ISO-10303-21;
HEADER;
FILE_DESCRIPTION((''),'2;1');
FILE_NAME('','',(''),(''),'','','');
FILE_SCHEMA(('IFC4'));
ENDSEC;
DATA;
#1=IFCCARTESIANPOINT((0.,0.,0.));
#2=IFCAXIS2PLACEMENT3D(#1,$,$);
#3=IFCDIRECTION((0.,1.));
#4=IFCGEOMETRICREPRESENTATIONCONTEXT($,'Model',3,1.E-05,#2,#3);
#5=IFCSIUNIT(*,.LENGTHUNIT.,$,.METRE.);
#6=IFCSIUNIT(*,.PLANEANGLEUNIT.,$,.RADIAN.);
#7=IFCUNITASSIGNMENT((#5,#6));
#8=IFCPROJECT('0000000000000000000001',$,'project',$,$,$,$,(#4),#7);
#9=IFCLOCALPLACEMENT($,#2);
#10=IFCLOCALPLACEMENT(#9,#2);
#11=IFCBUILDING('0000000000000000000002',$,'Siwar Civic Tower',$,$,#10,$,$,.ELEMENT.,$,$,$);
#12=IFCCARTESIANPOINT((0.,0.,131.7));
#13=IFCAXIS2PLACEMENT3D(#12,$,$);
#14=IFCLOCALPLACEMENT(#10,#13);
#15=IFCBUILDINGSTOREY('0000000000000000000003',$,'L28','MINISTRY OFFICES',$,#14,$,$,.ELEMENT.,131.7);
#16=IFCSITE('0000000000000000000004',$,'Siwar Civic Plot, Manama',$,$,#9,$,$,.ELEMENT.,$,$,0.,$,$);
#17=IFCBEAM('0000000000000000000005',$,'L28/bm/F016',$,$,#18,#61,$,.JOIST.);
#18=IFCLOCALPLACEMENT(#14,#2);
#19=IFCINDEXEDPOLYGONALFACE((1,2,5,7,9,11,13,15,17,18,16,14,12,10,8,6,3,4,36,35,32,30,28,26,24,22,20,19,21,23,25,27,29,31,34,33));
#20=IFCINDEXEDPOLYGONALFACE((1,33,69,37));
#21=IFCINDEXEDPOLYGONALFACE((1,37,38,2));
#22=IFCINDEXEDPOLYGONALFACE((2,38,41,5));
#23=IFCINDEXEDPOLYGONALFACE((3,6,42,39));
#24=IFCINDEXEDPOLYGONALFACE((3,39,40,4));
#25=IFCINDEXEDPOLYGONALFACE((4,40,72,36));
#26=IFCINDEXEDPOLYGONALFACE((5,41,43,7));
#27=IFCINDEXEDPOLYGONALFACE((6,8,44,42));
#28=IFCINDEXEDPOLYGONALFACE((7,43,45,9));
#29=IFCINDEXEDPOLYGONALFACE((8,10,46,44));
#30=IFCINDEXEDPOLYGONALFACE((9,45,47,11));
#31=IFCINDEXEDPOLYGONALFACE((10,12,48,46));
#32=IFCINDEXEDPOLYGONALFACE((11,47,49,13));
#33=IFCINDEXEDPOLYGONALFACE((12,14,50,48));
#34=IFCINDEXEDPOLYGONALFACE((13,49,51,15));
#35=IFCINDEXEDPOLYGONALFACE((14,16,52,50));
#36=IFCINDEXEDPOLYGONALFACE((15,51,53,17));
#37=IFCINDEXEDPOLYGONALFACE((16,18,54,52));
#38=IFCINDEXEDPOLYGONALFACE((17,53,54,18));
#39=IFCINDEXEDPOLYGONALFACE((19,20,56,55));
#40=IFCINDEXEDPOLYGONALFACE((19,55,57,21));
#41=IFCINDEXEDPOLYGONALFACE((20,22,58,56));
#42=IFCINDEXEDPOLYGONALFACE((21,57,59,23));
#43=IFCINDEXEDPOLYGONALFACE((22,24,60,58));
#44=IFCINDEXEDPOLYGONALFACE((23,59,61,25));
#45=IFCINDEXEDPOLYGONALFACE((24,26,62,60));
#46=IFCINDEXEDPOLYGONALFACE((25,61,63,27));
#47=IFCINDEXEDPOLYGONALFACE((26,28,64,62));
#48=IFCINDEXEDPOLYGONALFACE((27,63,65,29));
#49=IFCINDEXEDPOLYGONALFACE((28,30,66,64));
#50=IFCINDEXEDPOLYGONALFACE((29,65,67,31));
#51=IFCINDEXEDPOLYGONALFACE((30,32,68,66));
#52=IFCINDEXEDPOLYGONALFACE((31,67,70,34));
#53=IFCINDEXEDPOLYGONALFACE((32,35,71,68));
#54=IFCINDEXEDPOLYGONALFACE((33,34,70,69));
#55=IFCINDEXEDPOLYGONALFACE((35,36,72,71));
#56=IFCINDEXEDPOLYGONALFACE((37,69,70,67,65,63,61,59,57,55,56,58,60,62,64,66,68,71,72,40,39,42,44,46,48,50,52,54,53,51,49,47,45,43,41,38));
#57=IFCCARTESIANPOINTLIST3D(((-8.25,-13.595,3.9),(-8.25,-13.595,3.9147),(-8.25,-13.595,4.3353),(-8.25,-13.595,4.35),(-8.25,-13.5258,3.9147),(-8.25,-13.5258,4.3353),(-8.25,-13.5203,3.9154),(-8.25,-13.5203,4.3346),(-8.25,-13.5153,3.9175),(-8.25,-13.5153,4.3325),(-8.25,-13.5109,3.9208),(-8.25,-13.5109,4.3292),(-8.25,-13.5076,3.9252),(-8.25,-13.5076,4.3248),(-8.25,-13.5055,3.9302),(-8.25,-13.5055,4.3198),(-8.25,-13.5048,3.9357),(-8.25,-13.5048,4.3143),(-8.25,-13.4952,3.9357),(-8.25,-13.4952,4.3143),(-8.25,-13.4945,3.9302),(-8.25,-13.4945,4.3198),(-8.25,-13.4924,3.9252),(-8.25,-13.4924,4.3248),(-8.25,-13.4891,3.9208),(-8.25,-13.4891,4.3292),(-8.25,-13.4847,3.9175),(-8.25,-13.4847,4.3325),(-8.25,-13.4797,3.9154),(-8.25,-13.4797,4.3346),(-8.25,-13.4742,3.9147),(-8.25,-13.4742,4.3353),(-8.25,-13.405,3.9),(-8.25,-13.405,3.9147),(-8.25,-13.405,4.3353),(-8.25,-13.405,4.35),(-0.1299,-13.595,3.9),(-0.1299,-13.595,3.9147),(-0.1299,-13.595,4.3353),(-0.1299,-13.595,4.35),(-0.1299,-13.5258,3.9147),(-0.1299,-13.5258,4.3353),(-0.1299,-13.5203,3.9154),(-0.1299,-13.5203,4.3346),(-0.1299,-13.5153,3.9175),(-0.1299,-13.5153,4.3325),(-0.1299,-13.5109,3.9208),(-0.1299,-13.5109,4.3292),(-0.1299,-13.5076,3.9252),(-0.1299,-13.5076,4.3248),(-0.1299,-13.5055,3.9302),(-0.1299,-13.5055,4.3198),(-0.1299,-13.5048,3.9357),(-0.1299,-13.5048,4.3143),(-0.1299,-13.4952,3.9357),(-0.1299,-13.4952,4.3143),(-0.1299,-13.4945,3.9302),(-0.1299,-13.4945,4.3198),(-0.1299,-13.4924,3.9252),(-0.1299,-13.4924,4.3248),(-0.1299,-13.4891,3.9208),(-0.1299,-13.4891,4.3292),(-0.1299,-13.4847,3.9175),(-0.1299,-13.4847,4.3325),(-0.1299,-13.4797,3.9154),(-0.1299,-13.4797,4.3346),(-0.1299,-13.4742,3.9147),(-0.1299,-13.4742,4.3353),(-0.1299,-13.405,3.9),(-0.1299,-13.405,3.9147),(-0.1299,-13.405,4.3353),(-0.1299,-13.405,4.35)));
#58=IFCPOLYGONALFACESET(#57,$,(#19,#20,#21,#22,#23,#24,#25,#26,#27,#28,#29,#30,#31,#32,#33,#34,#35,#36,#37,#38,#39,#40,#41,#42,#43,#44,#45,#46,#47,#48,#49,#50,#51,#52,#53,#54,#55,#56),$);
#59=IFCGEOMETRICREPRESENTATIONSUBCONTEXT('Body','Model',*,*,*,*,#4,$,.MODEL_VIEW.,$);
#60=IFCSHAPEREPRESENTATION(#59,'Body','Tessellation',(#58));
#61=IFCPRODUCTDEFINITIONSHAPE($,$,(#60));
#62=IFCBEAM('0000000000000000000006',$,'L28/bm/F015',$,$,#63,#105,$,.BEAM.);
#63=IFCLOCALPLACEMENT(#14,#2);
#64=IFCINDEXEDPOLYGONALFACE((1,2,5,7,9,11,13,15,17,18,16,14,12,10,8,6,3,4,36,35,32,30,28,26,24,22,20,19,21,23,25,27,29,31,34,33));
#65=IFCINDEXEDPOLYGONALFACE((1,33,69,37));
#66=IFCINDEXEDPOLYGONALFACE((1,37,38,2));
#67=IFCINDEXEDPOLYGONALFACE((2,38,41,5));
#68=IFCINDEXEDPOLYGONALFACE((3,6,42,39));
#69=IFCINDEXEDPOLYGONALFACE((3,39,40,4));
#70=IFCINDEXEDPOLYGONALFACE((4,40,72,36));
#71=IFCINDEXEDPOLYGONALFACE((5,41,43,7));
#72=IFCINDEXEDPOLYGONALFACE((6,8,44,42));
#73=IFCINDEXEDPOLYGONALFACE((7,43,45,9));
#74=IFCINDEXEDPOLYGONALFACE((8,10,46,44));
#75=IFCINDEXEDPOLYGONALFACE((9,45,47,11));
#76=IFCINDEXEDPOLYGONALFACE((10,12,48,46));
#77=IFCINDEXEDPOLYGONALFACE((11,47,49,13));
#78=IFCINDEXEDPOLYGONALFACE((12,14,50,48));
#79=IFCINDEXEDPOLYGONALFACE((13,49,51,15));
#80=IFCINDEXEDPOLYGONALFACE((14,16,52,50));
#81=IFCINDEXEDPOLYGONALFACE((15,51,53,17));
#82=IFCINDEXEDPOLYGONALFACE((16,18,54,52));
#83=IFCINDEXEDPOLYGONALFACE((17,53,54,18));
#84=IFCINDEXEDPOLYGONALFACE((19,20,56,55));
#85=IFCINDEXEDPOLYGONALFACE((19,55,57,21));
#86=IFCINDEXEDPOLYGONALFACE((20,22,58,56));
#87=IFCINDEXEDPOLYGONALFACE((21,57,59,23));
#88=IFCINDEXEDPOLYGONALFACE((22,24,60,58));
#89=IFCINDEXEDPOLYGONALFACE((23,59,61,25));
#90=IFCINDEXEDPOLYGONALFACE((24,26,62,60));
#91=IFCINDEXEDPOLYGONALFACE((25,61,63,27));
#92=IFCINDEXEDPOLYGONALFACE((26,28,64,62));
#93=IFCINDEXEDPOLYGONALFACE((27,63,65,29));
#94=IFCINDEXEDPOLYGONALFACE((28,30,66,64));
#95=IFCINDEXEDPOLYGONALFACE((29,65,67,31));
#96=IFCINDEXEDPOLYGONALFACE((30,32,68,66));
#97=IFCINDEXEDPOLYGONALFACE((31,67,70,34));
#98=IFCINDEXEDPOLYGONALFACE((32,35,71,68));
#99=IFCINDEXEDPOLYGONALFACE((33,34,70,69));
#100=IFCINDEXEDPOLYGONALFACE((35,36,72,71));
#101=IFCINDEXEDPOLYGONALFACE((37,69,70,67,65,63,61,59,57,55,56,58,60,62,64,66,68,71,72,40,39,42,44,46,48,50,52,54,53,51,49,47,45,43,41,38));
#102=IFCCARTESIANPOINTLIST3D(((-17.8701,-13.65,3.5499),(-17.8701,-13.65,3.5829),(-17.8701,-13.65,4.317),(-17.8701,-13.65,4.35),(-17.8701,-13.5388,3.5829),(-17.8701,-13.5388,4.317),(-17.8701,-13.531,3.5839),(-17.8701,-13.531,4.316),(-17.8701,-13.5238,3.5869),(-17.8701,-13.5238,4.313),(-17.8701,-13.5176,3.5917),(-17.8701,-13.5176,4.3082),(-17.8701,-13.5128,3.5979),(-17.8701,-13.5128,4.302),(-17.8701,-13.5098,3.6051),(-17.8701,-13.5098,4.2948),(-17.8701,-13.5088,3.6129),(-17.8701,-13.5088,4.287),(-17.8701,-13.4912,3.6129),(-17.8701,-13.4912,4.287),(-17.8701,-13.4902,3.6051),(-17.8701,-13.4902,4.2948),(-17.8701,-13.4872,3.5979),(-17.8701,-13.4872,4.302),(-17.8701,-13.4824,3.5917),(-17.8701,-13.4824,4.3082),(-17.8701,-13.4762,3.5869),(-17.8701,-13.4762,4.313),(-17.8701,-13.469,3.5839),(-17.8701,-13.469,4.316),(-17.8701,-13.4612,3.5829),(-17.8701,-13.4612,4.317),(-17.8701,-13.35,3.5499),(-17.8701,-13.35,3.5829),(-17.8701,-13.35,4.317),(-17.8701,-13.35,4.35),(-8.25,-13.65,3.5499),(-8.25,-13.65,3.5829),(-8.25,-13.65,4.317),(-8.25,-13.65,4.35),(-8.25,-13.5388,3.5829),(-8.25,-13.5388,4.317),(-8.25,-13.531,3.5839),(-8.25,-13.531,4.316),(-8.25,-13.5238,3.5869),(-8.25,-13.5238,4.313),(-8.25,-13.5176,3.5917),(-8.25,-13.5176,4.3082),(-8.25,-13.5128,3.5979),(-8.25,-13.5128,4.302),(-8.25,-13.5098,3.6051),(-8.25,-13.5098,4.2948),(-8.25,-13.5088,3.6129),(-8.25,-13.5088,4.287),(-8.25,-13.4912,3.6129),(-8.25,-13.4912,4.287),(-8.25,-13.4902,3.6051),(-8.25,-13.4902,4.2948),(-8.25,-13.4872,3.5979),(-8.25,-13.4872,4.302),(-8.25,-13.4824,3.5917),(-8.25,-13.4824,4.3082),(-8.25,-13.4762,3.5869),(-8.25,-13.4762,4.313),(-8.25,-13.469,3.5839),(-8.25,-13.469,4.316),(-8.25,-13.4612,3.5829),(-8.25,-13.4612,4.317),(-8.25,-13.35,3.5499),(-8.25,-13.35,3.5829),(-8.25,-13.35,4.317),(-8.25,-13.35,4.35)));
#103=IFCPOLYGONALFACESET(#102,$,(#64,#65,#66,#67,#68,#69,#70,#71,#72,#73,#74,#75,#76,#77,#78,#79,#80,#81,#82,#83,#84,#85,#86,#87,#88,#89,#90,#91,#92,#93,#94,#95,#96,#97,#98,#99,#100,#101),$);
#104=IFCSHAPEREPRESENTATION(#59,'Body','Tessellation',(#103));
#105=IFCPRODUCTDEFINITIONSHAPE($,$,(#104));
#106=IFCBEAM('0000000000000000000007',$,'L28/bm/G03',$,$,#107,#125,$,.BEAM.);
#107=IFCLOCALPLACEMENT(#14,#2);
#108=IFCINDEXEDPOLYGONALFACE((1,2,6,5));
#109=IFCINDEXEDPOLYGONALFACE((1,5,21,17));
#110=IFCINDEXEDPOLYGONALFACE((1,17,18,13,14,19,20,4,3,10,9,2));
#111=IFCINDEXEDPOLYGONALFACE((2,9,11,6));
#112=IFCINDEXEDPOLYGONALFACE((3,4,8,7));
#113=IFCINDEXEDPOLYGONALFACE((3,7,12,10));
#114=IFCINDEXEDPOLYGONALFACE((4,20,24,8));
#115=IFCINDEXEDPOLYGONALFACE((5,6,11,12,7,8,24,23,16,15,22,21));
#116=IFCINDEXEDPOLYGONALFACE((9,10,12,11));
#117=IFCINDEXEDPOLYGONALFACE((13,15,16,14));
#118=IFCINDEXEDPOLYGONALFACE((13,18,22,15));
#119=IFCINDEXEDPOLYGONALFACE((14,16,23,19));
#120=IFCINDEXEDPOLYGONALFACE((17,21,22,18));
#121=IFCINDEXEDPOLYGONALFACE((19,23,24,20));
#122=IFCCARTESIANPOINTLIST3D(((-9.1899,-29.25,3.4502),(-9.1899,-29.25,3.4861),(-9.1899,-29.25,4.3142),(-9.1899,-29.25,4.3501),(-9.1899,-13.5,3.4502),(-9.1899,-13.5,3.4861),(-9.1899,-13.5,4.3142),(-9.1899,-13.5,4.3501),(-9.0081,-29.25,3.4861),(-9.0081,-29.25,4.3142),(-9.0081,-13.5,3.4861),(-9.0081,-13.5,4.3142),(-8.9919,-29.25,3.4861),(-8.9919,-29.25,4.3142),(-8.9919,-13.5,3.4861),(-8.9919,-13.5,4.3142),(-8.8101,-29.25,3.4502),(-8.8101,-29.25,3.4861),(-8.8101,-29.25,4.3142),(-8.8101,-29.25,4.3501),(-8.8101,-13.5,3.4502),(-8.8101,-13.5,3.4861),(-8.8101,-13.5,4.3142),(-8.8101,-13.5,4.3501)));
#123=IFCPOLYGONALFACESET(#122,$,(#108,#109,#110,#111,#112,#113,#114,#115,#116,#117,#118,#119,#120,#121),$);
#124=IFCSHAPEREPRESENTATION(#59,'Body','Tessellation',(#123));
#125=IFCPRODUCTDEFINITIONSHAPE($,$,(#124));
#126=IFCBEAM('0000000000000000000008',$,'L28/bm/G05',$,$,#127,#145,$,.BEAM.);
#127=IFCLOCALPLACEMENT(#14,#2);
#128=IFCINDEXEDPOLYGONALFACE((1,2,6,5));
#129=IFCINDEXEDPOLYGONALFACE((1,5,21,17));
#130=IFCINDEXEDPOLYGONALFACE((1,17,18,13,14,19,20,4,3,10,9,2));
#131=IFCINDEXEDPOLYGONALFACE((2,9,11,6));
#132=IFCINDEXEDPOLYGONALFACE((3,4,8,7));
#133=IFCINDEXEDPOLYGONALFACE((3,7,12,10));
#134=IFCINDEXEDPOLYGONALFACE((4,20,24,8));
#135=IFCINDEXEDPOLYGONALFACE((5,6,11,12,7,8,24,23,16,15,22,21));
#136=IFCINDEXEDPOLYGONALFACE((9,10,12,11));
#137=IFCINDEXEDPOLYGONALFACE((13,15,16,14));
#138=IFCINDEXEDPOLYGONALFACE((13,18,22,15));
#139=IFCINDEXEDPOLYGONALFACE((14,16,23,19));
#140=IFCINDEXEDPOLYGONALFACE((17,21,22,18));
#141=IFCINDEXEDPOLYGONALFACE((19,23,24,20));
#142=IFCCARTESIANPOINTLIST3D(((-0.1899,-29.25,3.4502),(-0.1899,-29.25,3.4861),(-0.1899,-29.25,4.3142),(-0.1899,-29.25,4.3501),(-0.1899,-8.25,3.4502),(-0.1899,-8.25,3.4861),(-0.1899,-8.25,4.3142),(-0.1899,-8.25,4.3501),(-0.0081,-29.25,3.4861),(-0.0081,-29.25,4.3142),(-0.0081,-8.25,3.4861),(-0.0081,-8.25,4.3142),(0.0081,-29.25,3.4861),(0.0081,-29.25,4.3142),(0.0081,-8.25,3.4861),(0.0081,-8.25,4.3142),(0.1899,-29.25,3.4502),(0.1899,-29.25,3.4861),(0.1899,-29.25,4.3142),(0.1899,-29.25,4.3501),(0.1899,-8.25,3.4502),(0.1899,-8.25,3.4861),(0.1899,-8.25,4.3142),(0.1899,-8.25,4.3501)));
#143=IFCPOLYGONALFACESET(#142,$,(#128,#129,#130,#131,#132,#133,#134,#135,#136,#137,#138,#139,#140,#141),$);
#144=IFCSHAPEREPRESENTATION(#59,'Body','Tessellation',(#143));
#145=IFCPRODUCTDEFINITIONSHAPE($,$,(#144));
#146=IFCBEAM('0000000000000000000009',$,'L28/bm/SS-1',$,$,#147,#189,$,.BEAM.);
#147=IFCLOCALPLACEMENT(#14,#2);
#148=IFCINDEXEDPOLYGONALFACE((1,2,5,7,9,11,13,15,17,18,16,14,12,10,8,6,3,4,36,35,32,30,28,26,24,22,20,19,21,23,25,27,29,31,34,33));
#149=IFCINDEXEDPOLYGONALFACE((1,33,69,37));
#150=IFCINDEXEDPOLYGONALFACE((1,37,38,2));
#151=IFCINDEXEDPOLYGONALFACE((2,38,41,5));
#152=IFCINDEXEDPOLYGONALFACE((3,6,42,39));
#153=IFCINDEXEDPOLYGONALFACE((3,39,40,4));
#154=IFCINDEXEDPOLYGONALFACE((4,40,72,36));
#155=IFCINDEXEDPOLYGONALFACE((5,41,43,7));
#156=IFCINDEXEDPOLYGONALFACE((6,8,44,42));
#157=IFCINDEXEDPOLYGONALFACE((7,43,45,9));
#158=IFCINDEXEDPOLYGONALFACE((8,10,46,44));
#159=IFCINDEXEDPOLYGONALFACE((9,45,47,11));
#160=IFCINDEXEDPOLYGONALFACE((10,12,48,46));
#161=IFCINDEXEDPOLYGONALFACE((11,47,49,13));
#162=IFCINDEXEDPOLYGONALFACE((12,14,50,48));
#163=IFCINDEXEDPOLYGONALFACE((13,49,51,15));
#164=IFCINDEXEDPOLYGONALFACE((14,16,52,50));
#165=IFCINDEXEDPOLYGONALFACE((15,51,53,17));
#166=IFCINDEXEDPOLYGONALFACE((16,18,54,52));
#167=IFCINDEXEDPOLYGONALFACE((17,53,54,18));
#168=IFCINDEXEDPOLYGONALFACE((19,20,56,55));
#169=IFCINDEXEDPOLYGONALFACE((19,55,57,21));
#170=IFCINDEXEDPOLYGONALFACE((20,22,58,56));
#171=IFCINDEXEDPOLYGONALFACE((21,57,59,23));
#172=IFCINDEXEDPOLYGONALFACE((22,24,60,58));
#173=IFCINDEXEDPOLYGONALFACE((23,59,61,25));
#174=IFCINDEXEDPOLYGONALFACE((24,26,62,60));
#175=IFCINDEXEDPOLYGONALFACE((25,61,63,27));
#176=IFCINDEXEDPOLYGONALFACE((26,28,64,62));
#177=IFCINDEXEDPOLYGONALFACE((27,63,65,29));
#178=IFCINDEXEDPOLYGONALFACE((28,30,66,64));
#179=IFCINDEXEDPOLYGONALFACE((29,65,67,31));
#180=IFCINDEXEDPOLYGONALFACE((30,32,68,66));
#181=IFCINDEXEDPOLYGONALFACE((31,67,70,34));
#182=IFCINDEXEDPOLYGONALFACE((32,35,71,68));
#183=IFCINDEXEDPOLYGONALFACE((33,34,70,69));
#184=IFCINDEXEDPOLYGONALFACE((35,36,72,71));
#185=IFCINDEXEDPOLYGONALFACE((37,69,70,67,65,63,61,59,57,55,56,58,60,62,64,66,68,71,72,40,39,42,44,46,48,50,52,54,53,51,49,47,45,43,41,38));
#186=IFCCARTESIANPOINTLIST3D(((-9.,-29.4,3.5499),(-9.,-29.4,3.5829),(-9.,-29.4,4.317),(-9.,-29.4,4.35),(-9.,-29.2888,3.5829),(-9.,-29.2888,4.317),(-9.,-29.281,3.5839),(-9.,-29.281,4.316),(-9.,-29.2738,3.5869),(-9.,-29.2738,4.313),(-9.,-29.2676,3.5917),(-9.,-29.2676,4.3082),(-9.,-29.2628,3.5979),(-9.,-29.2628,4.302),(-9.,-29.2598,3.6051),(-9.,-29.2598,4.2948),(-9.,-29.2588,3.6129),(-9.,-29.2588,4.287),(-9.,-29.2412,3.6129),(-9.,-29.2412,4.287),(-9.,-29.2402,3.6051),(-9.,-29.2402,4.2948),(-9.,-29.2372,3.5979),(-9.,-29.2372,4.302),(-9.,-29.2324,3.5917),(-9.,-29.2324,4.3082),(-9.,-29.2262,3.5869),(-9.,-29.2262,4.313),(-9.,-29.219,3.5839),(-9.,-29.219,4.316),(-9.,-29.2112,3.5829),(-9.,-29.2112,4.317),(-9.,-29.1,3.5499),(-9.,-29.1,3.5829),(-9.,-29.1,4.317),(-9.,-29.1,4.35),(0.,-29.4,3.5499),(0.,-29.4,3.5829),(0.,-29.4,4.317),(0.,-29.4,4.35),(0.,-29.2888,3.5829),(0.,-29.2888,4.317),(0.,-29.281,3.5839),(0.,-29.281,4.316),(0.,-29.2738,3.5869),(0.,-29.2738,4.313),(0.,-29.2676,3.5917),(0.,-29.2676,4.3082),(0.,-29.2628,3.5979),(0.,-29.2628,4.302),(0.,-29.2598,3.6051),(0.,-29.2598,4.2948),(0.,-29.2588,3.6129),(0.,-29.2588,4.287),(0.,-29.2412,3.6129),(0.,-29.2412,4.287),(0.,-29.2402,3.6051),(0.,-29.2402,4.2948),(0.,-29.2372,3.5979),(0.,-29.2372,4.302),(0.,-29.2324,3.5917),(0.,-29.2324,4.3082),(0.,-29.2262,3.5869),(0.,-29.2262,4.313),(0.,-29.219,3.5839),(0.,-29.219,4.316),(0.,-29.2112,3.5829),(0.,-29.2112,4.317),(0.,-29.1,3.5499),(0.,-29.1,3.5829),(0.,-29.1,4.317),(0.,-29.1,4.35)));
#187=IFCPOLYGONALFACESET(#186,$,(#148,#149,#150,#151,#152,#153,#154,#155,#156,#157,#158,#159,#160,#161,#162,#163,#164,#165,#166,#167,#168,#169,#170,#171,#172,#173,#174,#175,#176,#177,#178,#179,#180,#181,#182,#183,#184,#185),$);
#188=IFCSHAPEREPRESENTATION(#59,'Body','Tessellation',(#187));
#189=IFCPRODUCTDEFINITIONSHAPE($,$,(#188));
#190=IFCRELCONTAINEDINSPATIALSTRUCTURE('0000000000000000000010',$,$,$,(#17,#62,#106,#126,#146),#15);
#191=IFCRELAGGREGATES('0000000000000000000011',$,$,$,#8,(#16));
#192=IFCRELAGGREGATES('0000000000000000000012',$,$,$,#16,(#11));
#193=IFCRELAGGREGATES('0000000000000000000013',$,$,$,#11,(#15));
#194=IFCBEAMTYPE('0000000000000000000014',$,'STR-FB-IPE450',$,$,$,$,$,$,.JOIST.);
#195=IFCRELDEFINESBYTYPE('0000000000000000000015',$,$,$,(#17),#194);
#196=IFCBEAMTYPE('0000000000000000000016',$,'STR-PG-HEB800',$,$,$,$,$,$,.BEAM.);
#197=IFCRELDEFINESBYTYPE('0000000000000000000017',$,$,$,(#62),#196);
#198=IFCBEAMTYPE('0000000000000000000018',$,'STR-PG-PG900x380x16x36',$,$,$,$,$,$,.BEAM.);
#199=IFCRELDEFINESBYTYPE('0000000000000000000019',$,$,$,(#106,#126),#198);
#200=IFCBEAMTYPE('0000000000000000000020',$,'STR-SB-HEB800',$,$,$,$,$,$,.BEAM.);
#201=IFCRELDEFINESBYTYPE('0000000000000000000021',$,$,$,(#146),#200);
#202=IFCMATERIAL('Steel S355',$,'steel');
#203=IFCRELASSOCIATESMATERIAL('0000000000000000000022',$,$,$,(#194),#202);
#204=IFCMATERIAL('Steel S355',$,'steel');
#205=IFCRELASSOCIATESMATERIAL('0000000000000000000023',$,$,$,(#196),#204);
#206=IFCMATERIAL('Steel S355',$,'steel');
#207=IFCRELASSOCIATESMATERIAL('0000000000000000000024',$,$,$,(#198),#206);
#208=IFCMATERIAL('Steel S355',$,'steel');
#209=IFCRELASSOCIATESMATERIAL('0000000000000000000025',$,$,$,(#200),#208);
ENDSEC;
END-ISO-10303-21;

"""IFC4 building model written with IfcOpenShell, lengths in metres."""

from ifc_helpers import new_model, si_unit, direction, frame, origin, origin_2d, place, context, subcontext, project, spatial, i_section, extrude, material, material_profile, profile_set, type_object, element, save


model = new_model("IFC4")

# Units and contexts
model_context = context("Model", 3, precision=1e-05, world=origin(), true_north=direction((0.0, 1.0)))
body_context = subcontext(model_context, "Body", "Model", "MODEL_VIEW")
ifc_project = project(units=[si_unit("LENGTHUNIT", "METRE"), si_unit("PLANEANGLEUNIT", "RADIAN")], contexts=[model_context])

# Site, building, storey
site_placement = place(None, origin())
site = spatial("IfcSite", under=ifc_project, at=site_placement, Name="Siwar Civic Plot, Manama", CompositionType="ELEMENT", RefElevation=0.0)
building_placement = place(site_placement, origin())
building = spatial("IfcBuilding", under=site, at=building_placement, Name="Siwar Civic Tower", CompositionType="ELEMENT")
storey_placement = place(building_placement, frame((0.0, 0.0, 131.7)))
storey = spatial("IfcBuildingStorey", under=building, at=storey_placement, Name="L28", Description="MINISTRY OFFICES", CompositionType="ELEMENT", Elevation=131.7)

# Beams
ifc_material_1 = material(Name="Steel S355", Category="steel")
ifc_material_profile_1 = material_profile(ifc_material_1, i_section(OverallWidth=0.1899, OverallDepth=0.45, WebThickness=0.0095, FlangeThickness=0.0146, FilletRadius=0.021, at=origin_2d()), Name="IPE450")
ifc_profile_set_1 = profile_set([ifc_material_profile_1], Name="Steel S355")
beam_type_1 = type_object("IfcBeamType", Name="STR-FB-IPE450", PredefinedType="JOIST", material=ifc_profile_set_1)
beam_1_placement = place(storey_placement, frame((-8.25, -13.5, 4.125), z_axis=(1.0, 0.0, 0.0), x_axis=(0.0, 1.0, 0.0)))
element("IfcBeam", 1, at=beam_1_placement, inside=storey, type_object=beam_type_1, Name="L28/bm/F016", PredefinedType="JOIST", context=body_context, shape_type="SweptSolid", body=[
    extrude(i_section(OverallWidth=0.1899, OverallDepth=0.45, WebThickness=0.0095, FlangeThickness=0.0146, FilletRadius=0.021, at=origin_2d()), origin(), (0.0, 0.0, 1.0), 8.1201),
])
ifc_material_2 = material(Name="Steel S355", Category="steel")
ifc_material_profile_2 = material_profile(ifc_material_2, i_section(OverallWidth=0.3, OverallDepth=0.8, WebThickness=0.0176, FlangeThickness=0.033, FilletRadius=0.03, at=origin_2d()), Name="HEB800")
ifc_profile_set_2 = profile_set([ifc_material_profile_2], Name="Steel S355")
beam_type_2 = type_object("IfcBeamType", Name="STR-PG-HEB800", PredefinedType="BEAM", material=ifc_profile_set_2)
beam_2_placement = place(storey_placement, frame((-17.8701, -13.5, 3.95), z_axis=(1.0, 0.0, 0.0), x_axis=(0.0, 1.0, 0.0)))
element("IfcBeam", 2, at=beam_2_placement, inside=storey, type_object=beam_type_2, Name="L28/bm/F015", PredefinedType="BEAM", context=body_context, shape_type="SweptSolid", body=[
    extrude(i_section(OverallWidth=0.3, OverallDepth=0.8, WebThickness=0.0176, FlangeThickness=0.033, FilletRadius=0.03, at=origin_2d()), origin(), (0.0, 0.0, 1.0), 9.6201),
])
ifc_material_3 = material(Name="Steel S355", Category="steel")
ifc_material_profile_3 = material_profile(ifc_material_3, i_section(OverallWidth=0.3799, OverallDepth=0.8999, WebThickness=0.0161, FlangeThickness=0.0359, at=origin_2d()), Name="PG900x380x16x36")
ifc_profile_set_3 = profile_set([ifc_material_profile_3], Name="Steel S355")
beam_type_3 = type_object("IfcBeamType", Name="STR-PG-PG900x380x16x36", PredefinedType="BEAM", material=ifc_profile_set_3)
beam_3_placement = place(storey_placement, frame((-9.0, -29.25, 3.9001), z_axis=(0.0, 1.0, 0.0), x_axis=(-1.0, 0.0, 0.0)))
element("IfcBeam", 3, at=beam_3_placement, inside=storey, type_object=beam_type_3, Name="L28/bm/G03", PredefinedType="BEAM", context=body_context, shape_type="SweptSolid", body=[
    extrude(i_section(OverallWidth=0.3799, OverallDepth=0.8999, WebThickness=0.0161, FlangeThickness=0.0359, at=origin_2d()), origin(), (0.0, 0.0, 1.0), 15.75),
])
beam_4_placement = place(storey_placement, frame((0.0, -29.25, 3.9001), z_axis=(0.0, 1.0, 0.0), x_axis=(-1.0, 0.0, 0.0)))
element("IfcBeam", 4, at=beam_4_placement, inside=storey, type_object=beam_type_3, Name="L28/bm/G05", PredefinedType="BEAM", context=body_context, shape_type="SweptSolid", body=[
    extrude(i_section(OverallWidth=0.3799, OverallDepth=0.8999, WebThickness=0.0161, FlangeThickness=0.0359, at=origin_2d()), origin(), (0.0, 0.0, 1.0), 21.0),
])
ifc_material_4 = material(Name="Steel S355", Category="steel")
ifc_material_profile_4 = material_profile(ifc_material_4, i_section(OverallWidth=0.3, OverallDepth=0.8, WebThickness=0.0176, FlangeThickness=0.033, FilletRadius=0.03, at=origin_2d()), Name="HEB800")
ifc_profile_set_4 = profile_set([ifc_material_profile_4], Name="Steel S355")
beam_type_4 = type_object("IfcBeamType", Name="STR-SB-HEB800", PredefinedType="BEAM", material=ifc_profile_set_4)
for number, where, z_axis, x_axis, name in (
    (5, (-9.0, -29.25, 3.95), (1.0, 0.0, 0.0), (0.0, 1.0, 0.0), "L28/bm/SS-1"),
):
    element("IfcBeam", number, at=place(storey_placement, frame(where, z_axis=z_axis, x_axis=x_axis)), inside=storey, type_object=beam_type_4, Name=name, PredefinedType="BEAM", context=body_context, shape_type="SweptSolid", body=[
        extrude(i_section(OverallWidth=0.3, OverallDepth=0.8, WebThickness=0.0176, FlangeThickness=0.033, FilletRadius=0.03, at=origin_2d()), origin(), (0.0, 0.0, 1.0), 9.0),
    ])

save(model, "model.ifc")
